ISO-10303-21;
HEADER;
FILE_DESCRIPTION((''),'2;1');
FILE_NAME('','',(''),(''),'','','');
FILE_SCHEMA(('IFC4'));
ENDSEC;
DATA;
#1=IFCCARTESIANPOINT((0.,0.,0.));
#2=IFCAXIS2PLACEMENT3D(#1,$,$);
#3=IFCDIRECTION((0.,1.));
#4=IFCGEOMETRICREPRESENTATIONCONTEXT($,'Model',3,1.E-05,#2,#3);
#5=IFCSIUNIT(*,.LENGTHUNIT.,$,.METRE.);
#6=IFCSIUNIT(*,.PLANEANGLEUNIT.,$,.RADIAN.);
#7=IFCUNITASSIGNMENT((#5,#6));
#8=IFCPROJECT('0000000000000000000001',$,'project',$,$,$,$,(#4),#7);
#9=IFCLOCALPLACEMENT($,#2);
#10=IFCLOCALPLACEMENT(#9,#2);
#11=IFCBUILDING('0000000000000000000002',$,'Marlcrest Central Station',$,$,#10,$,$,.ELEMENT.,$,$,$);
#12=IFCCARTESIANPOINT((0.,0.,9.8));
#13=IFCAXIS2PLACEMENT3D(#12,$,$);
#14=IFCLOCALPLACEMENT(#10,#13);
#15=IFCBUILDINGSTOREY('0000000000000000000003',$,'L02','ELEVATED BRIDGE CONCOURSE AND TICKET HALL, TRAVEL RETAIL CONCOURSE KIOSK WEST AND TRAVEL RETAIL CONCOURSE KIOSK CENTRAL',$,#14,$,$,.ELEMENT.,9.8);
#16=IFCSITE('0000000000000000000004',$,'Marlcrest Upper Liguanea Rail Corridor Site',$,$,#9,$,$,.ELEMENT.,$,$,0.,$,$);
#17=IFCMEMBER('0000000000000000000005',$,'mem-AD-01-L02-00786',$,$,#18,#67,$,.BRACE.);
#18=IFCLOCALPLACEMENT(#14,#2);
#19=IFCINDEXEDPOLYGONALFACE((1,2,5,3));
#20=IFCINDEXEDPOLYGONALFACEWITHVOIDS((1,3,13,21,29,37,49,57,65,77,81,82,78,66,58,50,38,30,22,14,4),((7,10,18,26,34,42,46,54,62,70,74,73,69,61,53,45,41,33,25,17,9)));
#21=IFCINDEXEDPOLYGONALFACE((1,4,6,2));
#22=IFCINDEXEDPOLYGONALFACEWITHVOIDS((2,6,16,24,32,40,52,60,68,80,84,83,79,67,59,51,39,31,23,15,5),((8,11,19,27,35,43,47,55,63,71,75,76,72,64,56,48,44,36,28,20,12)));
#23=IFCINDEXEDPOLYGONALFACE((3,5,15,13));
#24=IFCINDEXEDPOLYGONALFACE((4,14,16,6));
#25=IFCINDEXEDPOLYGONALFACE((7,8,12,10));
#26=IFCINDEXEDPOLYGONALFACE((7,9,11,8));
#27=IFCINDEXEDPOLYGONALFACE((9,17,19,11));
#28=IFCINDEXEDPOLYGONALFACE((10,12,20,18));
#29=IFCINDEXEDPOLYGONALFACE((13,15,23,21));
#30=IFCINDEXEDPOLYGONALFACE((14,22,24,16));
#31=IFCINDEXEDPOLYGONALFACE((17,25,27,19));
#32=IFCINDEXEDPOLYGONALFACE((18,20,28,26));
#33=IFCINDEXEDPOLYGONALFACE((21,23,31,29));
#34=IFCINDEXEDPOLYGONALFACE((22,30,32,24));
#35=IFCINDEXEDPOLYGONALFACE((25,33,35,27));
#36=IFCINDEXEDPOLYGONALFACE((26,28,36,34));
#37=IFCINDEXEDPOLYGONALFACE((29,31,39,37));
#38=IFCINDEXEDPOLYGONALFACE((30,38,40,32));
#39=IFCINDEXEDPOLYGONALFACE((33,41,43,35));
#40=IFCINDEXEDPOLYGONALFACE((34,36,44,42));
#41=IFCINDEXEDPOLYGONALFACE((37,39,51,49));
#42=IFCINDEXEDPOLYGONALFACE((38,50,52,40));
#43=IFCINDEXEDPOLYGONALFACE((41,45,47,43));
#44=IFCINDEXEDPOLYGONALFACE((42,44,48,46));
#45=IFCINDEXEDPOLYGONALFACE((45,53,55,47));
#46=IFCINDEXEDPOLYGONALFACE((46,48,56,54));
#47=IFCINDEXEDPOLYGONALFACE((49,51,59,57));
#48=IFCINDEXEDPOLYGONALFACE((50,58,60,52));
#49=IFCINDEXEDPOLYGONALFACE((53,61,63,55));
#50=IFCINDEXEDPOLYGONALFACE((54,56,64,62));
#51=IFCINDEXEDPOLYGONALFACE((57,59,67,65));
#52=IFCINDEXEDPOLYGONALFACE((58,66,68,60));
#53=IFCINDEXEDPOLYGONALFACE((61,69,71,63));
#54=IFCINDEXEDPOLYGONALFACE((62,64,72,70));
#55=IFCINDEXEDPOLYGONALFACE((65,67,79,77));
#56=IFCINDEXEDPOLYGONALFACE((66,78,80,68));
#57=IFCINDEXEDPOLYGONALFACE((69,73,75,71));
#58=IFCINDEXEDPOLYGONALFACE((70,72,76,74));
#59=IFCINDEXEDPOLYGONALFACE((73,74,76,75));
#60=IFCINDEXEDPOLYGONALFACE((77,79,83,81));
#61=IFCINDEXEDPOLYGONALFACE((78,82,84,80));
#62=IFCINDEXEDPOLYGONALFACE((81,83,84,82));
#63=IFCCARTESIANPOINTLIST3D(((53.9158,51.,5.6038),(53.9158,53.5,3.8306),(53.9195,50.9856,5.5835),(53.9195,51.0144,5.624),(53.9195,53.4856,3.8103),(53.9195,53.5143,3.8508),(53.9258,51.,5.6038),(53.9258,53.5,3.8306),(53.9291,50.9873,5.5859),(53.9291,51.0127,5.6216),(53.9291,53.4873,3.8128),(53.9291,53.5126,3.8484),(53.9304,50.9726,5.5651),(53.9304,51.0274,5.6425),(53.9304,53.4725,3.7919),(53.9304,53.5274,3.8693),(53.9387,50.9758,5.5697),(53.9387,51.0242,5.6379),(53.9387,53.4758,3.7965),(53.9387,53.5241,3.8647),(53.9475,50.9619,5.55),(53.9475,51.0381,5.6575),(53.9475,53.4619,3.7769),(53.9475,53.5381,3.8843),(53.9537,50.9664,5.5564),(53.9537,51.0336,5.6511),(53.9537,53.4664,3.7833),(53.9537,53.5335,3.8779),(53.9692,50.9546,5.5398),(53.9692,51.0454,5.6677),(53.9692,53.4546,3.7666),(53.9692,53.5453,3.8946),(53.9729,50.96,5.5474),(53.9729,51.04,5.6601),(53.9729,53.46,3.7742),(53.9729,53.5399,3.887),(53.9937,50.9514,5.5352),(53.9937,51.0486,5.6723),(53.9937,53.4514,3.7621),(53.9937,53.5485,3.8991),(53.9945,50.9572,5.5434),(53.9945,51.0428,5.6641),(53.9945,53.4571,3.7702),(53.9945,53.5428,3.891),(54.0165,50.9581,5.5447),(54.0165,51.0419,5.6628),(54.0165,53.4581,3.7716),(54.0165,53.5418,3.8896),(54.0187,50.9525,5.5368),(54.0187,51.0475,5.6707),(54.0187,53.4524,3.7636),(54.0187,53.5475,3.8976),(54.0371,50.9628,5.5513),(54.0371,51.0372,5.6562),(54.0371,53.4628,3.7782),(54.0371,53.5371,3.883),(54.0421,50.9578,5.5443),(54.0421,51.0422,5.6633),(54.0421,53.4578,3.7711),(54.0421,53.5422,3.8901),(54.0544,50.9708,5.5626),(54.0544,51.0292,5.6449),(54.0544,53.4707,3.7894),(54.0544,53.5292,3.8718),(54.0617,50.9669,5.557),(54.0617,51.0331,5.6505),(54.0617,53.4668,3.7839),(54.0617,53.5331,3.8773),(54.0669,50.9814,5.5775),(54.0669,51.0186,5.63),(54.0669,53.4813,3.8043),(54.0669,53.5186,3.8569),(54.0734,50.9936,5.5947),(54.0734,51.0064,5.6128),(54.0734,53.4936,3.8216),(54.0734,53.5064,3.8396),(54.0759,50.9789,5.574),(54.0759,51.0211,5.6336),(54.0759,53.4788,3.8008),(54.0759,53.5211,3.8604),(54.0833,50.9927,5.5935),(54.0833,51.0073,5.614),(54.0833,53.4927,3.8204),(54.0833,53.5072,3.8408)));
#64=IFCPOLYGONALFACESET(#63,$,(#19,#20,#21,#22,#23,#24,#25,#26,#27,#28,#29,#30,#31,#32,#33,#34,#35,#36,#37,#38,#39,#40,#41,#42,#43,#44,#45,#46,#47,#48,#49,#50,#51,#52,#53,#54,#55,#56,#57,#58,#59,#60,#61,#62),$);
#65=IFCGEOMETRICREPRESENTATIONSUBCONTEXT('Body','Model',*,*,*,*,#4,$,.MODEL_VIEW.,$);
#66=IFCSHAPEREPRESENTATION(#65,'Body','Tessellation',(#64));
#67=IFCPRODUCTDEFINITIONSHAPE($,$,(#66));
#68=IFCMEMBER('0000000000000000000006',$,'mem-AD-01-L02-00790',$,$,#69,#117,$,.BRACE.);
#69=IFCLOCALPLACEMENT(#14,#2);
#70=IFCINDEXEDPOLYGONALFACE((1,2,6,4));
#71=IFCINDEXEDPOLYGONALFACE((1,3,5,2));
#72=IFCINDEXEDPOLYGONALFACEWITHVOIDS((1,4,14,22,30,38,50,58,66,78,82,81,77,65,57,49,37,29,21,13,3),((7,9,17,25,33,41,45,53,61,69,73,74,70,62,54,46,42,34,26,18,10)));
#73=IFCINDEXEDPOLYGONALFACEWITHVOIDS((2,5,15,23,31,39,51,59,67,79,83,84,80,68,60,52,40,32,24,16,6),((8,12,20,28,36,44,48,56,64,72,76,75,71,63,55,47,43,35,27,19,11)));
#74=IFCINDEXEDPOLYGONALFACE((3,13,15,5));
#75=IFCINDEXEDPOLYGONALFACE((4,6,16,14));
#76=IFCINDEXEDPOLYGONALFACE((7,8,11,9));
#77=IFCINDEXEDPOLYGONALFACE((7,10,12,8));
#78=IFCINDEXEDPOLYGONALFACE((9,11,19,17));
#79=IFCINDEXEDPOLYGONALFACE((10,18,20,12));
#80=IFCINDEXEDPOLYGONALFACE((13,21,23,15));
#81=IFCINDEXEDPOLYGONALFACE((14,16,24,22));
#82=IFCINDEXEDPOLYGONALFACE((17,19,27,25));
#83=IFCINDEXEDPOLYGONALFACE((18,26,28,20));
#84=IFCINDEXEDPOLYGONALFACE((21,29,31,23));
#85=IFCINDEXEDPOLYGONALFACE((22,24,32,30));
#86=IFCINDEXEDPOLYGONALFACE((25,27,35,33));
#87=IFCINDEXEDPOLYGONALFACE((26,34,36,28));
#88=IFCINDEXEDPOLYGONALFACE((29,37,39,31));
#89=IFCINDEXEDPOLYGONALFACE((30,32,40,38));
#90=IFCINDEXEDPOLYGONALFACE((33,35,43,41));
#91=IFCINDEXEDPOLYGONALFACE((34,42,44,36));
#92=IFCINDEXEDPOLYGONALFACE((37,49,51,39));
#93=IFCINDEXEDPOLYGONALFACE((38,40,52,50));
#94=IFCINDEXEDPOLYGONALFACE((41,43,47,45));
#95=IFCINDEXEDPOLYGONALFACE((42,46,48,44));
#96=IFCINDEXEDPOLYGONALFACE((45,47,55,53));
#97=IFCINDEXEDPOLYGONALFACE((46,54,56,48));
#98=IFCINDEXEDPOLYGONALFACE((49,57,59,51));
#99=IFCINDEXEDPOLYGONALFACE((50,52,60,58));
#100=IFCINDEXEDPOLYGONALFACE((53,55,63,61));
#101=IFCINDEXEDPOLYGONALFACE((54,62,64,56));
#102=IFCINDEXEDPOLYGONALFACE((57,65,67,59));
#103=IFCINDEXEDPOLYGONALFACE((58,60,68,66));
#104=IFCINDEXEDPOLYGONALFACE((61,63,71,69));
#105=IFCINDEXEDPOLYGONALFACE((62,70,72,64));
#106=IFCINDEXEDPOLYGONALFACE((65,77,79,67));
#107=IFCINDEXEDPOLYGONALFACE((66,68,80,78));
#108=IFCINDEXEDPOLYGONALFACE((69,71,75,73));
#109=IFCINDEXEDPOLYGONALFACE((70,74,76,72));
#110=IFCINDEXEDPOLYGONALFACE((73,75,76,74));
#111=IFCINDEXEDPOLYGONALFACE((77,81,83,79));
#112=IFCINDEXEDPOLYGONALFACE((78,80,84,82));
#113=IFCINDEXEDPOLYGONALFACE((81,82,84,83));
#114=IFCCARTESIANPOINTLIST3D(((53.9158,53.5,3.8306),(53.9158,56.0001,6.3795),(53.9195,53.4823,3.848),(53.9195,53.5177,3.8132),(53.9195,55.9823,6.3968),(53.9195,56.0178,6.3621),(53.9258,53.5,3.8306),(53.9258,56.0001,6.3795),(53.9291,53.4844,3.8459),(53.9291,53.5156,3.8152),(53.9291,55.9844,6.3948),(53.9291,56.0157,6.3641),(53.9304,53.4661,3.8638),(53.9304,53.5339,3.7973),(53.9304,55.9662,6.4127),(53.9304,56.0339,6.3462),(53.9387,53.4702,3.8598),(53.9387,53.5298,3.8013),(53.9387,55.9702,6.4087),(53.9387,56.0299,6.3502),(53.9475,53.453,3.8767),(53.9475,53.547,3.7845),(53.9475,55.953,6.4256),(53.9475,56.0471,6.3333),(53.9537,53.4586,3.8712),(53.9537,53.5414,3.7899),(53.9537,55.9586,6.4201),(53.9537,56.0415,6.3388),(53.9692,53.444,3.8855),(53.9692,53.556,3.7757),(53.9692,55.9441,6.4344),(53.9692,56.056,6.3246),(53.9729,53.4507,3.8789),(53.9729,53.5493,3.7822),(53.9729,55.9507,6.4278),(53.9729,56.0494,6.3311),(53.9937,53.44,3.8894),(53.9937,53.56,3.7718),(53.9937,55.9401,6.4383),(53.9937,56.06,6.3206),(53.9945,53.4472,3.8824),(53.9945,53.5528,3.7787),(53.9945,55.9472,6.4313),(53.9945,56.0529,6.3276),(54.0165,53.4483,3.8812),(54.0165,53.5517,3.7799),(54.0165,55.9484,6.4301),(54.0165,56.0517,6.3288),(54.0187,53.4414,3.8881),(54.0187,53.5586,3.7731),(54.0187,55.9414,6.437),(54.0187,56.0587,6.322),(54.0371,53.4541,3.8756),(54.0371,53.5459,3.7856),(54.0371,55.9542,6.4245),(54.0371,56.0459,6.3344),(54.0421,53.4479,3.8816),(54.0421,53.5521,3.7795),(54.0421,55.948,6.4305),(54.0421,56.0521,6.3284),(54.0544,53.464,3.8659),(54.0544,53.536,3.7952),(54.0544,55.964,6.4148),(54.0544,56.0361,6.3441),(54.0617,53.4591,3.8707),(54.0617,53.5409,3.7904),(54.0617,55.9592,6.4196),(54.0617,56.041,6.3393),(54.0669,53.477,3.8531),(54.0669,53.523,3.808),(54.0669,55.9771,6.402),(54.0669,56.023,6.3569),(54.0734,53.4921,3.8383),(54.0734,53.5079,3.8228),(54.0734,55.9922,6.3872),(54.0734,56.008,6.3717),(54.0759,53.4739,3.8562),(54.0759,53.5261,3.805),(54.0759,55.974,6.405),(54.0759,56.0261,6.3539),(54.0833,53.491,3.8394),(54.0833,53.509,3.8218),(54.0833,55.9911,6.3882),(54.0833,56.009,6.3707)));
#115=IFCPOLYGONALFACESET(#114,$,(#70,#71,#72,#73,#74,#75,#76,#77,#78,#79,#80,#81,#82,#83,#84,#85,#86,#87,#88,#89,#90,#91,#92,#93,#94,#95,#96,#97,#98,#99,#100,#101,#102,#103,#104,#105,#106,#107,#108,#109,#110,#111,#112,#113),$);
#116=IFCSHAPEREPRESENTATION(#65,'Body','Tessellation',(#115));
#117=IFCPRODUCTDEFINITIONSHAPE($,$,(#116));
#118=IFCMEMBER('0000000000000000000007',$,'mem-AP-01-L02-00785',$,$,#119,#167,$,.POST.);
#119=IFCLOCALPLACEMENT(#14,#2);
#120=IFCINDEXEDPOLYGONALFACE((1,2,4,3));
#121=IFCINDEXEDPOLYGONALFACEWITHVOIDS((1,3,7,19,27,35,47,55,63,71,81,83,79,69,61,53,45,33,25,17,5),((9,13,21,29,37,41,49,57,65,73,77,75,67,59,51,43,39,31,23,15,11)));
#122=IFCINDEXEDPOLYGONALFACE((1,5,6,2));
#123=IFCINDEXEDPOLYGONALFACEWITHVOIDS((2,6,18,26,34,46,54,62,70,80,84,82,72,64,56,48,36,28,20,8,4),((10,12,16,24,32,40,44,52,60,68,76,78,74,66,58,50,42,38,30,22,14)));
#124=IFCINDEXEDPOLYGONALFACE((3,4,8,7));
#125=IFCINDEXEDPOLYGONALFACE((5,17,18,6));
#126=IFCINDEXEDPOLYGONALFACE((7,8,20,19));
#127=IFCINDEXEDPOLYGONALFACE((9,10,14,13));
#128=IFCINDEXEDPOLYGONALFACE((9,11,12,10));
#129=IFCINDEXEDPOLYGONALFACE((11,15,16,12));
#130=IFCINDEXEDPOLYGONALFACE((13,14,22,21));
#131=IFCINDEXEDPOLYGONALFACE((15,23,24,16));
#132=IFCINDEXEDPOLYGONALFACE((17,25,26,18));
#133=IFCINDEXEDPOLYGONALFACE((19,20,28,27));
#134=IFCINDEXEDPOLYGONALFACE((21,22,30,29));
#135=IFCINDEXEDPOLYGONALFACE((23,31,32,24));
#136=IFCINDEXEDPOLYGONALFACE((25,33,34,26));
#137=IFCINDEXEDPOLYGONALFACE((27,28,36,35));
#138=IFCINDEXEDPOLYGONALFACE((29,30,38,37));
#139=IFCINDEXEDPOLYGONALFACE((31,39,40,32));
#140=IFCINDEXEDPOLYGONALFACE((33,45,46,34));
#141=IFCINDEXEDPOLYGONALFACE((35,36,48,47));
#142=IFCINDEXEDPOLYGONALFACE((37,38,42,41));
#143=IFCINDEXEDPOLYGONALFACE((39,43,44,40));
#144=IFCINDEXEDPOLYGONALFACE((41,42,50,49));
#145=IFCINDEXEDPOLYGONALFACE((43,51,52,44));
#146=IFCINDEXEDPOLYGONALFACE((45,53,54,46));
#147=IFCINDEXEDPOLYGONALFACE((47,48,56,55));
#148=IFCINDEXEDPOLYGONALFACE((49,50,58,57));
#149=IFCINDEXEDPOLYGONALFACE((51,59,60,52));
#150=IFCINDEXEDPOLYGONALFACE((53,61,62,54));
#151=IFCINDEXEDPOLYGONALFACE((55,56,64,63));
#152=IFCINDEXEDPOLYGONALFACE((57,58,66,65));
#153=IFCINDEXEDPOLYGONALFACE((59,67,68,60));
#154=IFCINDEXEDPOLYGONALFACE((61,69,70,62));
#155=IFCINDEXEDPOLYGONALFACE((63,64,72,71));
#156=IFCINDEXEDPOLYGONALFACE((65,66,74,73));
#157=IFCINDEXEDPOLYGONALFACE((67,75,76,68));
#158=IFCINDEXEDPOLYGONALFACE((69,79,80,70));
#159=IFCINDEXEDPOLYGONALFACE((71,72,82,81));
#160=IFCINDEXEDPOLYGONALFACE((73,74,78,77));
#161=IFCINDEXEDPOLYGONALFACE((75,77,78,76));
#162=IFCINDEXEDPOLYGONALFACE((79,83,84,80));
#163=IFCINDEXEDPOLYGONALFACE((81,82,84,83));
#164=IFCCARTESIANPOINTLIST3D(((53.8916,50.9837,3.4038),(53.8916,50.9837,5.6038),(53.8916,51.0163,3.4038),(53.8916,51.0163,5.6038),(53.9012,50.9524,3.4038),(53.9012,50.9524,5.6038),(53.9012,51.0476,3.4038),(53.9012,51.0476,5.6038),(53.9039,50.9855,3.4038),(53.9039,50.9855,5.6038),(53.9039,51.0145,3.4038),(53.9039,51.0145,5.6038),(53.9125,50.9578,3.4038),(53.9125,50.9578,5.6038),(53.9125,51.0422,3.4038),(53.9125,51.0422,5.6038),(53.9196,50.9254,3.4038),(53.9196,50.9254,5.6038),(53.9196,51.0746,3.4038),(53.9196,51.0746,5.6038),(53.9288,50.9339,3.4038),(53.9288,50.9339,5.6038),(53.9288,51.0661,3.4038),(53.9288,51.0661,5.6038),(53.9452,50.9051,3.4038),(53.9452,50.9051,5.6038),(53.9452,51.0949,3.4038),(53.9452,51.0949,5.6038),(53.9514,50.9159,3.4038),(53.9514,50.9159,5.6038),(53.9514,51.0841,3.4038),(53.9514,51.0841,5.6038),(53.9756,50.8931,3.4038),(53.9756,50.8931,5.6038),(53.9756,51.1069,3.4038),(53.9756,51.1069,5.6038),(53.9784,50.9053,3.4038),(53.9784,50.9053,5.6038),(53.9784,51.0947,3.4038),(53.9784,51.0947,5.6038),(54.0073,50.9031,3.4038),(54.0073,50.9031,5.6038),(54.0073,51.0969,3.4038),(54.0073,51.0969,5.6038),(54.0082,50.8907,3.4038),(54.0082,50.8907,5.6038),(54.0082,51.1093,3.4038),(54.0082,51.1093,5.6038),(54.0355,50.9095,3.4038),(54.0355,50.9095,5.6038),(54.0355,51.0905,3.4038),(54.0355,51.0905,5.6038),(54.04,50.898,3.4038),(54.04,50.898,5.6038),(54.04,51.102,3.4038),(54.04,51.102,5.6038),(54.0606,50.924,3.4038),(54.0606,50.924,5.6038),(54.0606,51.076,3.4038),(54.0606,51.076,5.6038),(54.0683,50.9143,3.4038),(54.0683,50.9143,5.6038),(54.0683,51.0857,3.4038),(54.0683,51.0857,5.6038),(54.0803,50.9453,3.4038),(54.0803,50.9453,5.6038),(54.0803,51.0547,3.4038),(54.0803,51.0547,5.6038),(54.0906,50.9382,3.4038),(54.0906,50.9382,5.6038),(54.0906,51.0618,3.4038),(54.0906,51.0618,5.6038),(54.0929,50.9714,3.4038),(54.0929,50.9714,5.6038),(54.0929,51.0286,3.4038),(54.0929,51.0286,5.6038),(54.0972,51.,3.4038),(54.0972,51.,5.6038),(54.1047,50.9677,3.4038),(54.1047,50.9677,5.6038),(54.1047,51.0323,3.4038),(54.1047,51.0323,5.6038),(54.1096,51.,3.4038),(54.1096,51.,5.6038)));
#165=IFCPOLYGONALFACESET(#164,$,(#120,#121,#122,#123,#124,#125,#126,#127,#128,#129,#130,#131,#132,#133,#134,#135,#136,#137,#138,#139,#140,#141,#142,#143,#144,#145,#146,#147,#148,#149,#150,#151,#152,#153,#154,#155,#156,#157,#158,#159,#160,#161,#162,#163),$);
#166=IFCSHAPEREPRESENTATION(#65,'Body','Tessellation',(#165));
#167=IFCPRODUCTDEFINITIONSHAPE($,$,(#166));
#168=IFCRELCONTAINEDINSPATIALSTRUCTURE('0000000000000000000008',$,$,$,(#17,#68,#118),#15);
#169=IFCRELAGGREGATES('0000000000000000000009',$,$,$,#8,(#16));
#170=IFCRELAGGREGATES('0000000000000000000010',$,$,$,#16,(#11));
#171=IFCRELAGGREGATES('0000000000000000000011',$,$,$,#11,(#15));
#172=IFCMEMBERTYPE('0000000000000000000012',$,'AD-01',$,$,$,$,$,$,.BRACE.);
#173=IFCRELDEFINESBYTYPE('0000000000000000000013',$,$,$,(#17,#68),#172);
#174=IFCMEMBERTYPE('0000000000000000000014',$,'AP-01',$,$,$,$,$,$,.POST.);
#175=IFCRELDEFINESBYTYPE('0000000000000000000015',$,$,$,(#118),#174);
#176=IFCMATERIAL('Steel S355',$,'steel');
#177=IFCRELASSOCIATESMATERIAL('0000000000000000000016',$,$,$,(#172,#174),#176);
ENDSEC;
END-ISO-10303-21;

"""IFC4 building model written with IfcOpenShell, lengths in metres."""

from ifc_helpers import new_model, si_unit, direction, frame, origin, origin_2d, place, context, subcontext, project, spatial, hollow_circle, extrude, material, material_profile, profile_set, type_object, element, save


model = new_model("IFC4")

# Units and contexts
model_context = context("Model", 3, precision=1e-05, world=origin(), true_north=direction((0.0, 1.0)))
body_context = subcontext(model_context, "Body", "Model", "MODEL_VIEW")
ifc_project = project(units=[si_unit("LENGTHUNIT", "METRE"), si_unit("PLANEANGLEUNIT", "RADIAN")], contexts=[model_context])

# Site, building, storey
site_placement = place(None, origin())
site = spatial("IfcSite", under=ifc_project, at=site_placement, Name="Marlcrest Upper Liguanea Rail Corridor Site", CompositionType="ELEMENT", RefElevation=0.0)
building_placement = place(site_placement, origin())
building = spatial("IfcBuilding", under=site, at=building_placement, Name="Marlcrest Central Station", CompositionType="ELEMENT")
storey_placement = place(building_placement, frame((0.0, 0.0, 9.8)))
storey = spatial("IfcBuildingStorey", under=building, at=storey_placement, Name="L02", Description="ELEVATED BRIDGE CONCOURSE AND TICKET HALL, TRAVEL RETAIL CONCOURSE KIOSK WEST AND TRAVEL RETAIL CONCOURSE KIOSK CENTRAL", CompositionType="ELEMENT", Elevation=9.8)

# Members
ifc_material = material(Name="Steel S355", Category="steel")
ifc_material_profile_1 = material_profile(ifc_material, hollow_circle(Radius=0.0842, WallThickness=0.01, at=origin_2d()), Name="CHS 168.3x10")
ifc_profile_set_1 = profile_set([ifc_material_profile_1], Name="Steel S355")
member_type_1 = type_object("IfcMemberType", Name="AD-01", PredefinedType="BRACE", material=ifc_profile_set_1)
member_1_placement = place(storey_placement, frame((54.0, 51.0, 5.6038), z_axis=(0.0, 0.815661, -0.57853), x_axis=(-1.0, 0.0, 0.0)))
element("IfcMember", 1, at=member_1_placement, inside=storey, type_object=member_type_1, Name="mem-AD-01-L02-00786", PredefinedType="BRACE", context=body_context, shape_type="SweptSolid", body=[
    extrude(hollow_circle(Radius=0.0842, WallThickness=0.01, at=origin_2d()), origin(), (0.0, 0.0, 1.0), 3.0649),
])
member_2_placement = place(storey_placement, frame((54.0, 53.5, 3.8306), z_axis=(0.0, 0.700235, 0.713912), x_axis=(-1.0, 0.0, 0.0)))
element("IfcMember", 2, at=member_2_placement, inside=storey, type_object=member_type_1, Name="mem-AD-01-L02-00790", PredefinedType="BRACE", context=body_context, shape_type="SweptSolid", body=[
    extrude(hollow_circle(Radius=0.0842, WallThickness=0.01, at=origin_2d()), origin(), (0.0, 0.0, 1.0), 3.5703),
])
ifc_material_profile_2 = material_profile(ifc_material, hollow_circle(Radius=0.1096, WallThickness=0.0125, at=origin_2d()), Name="CHS 219.1x12.5")
ifc_profile_set_2 = profile_set([ifc_material_profile_2], Name="Steel S355")
member_type_2 = type_object("IfcMemberType", Name="AP-01", PredefinedType="POST", material=ifc_profile_set_2)
for number, where, z_axis, x_axis, name in (
    (3, (54.0, 51.0, 3.4038), (0.0, 0.0, 1.0), (1.0, 0.0, 0.0), "mem-AP-01-L02-00785"),
):
    element("IfcMember", number, at=place(storey_placement, frame(where, z_axis=z_axis, x_axis=x_axis)), inside=storey, type_object=member_type_2, Name=name, PredefinedType="POST", context=body_context, shape_type="SweptSolid", body=[
        extrude(hollow_circle(Radius=0.1096, WallThickness=0.0125, at=origin_2d()), origin(), (0.0, 0.0, 1.0), 2.2),
    ])

save(model, "model.ifc")
